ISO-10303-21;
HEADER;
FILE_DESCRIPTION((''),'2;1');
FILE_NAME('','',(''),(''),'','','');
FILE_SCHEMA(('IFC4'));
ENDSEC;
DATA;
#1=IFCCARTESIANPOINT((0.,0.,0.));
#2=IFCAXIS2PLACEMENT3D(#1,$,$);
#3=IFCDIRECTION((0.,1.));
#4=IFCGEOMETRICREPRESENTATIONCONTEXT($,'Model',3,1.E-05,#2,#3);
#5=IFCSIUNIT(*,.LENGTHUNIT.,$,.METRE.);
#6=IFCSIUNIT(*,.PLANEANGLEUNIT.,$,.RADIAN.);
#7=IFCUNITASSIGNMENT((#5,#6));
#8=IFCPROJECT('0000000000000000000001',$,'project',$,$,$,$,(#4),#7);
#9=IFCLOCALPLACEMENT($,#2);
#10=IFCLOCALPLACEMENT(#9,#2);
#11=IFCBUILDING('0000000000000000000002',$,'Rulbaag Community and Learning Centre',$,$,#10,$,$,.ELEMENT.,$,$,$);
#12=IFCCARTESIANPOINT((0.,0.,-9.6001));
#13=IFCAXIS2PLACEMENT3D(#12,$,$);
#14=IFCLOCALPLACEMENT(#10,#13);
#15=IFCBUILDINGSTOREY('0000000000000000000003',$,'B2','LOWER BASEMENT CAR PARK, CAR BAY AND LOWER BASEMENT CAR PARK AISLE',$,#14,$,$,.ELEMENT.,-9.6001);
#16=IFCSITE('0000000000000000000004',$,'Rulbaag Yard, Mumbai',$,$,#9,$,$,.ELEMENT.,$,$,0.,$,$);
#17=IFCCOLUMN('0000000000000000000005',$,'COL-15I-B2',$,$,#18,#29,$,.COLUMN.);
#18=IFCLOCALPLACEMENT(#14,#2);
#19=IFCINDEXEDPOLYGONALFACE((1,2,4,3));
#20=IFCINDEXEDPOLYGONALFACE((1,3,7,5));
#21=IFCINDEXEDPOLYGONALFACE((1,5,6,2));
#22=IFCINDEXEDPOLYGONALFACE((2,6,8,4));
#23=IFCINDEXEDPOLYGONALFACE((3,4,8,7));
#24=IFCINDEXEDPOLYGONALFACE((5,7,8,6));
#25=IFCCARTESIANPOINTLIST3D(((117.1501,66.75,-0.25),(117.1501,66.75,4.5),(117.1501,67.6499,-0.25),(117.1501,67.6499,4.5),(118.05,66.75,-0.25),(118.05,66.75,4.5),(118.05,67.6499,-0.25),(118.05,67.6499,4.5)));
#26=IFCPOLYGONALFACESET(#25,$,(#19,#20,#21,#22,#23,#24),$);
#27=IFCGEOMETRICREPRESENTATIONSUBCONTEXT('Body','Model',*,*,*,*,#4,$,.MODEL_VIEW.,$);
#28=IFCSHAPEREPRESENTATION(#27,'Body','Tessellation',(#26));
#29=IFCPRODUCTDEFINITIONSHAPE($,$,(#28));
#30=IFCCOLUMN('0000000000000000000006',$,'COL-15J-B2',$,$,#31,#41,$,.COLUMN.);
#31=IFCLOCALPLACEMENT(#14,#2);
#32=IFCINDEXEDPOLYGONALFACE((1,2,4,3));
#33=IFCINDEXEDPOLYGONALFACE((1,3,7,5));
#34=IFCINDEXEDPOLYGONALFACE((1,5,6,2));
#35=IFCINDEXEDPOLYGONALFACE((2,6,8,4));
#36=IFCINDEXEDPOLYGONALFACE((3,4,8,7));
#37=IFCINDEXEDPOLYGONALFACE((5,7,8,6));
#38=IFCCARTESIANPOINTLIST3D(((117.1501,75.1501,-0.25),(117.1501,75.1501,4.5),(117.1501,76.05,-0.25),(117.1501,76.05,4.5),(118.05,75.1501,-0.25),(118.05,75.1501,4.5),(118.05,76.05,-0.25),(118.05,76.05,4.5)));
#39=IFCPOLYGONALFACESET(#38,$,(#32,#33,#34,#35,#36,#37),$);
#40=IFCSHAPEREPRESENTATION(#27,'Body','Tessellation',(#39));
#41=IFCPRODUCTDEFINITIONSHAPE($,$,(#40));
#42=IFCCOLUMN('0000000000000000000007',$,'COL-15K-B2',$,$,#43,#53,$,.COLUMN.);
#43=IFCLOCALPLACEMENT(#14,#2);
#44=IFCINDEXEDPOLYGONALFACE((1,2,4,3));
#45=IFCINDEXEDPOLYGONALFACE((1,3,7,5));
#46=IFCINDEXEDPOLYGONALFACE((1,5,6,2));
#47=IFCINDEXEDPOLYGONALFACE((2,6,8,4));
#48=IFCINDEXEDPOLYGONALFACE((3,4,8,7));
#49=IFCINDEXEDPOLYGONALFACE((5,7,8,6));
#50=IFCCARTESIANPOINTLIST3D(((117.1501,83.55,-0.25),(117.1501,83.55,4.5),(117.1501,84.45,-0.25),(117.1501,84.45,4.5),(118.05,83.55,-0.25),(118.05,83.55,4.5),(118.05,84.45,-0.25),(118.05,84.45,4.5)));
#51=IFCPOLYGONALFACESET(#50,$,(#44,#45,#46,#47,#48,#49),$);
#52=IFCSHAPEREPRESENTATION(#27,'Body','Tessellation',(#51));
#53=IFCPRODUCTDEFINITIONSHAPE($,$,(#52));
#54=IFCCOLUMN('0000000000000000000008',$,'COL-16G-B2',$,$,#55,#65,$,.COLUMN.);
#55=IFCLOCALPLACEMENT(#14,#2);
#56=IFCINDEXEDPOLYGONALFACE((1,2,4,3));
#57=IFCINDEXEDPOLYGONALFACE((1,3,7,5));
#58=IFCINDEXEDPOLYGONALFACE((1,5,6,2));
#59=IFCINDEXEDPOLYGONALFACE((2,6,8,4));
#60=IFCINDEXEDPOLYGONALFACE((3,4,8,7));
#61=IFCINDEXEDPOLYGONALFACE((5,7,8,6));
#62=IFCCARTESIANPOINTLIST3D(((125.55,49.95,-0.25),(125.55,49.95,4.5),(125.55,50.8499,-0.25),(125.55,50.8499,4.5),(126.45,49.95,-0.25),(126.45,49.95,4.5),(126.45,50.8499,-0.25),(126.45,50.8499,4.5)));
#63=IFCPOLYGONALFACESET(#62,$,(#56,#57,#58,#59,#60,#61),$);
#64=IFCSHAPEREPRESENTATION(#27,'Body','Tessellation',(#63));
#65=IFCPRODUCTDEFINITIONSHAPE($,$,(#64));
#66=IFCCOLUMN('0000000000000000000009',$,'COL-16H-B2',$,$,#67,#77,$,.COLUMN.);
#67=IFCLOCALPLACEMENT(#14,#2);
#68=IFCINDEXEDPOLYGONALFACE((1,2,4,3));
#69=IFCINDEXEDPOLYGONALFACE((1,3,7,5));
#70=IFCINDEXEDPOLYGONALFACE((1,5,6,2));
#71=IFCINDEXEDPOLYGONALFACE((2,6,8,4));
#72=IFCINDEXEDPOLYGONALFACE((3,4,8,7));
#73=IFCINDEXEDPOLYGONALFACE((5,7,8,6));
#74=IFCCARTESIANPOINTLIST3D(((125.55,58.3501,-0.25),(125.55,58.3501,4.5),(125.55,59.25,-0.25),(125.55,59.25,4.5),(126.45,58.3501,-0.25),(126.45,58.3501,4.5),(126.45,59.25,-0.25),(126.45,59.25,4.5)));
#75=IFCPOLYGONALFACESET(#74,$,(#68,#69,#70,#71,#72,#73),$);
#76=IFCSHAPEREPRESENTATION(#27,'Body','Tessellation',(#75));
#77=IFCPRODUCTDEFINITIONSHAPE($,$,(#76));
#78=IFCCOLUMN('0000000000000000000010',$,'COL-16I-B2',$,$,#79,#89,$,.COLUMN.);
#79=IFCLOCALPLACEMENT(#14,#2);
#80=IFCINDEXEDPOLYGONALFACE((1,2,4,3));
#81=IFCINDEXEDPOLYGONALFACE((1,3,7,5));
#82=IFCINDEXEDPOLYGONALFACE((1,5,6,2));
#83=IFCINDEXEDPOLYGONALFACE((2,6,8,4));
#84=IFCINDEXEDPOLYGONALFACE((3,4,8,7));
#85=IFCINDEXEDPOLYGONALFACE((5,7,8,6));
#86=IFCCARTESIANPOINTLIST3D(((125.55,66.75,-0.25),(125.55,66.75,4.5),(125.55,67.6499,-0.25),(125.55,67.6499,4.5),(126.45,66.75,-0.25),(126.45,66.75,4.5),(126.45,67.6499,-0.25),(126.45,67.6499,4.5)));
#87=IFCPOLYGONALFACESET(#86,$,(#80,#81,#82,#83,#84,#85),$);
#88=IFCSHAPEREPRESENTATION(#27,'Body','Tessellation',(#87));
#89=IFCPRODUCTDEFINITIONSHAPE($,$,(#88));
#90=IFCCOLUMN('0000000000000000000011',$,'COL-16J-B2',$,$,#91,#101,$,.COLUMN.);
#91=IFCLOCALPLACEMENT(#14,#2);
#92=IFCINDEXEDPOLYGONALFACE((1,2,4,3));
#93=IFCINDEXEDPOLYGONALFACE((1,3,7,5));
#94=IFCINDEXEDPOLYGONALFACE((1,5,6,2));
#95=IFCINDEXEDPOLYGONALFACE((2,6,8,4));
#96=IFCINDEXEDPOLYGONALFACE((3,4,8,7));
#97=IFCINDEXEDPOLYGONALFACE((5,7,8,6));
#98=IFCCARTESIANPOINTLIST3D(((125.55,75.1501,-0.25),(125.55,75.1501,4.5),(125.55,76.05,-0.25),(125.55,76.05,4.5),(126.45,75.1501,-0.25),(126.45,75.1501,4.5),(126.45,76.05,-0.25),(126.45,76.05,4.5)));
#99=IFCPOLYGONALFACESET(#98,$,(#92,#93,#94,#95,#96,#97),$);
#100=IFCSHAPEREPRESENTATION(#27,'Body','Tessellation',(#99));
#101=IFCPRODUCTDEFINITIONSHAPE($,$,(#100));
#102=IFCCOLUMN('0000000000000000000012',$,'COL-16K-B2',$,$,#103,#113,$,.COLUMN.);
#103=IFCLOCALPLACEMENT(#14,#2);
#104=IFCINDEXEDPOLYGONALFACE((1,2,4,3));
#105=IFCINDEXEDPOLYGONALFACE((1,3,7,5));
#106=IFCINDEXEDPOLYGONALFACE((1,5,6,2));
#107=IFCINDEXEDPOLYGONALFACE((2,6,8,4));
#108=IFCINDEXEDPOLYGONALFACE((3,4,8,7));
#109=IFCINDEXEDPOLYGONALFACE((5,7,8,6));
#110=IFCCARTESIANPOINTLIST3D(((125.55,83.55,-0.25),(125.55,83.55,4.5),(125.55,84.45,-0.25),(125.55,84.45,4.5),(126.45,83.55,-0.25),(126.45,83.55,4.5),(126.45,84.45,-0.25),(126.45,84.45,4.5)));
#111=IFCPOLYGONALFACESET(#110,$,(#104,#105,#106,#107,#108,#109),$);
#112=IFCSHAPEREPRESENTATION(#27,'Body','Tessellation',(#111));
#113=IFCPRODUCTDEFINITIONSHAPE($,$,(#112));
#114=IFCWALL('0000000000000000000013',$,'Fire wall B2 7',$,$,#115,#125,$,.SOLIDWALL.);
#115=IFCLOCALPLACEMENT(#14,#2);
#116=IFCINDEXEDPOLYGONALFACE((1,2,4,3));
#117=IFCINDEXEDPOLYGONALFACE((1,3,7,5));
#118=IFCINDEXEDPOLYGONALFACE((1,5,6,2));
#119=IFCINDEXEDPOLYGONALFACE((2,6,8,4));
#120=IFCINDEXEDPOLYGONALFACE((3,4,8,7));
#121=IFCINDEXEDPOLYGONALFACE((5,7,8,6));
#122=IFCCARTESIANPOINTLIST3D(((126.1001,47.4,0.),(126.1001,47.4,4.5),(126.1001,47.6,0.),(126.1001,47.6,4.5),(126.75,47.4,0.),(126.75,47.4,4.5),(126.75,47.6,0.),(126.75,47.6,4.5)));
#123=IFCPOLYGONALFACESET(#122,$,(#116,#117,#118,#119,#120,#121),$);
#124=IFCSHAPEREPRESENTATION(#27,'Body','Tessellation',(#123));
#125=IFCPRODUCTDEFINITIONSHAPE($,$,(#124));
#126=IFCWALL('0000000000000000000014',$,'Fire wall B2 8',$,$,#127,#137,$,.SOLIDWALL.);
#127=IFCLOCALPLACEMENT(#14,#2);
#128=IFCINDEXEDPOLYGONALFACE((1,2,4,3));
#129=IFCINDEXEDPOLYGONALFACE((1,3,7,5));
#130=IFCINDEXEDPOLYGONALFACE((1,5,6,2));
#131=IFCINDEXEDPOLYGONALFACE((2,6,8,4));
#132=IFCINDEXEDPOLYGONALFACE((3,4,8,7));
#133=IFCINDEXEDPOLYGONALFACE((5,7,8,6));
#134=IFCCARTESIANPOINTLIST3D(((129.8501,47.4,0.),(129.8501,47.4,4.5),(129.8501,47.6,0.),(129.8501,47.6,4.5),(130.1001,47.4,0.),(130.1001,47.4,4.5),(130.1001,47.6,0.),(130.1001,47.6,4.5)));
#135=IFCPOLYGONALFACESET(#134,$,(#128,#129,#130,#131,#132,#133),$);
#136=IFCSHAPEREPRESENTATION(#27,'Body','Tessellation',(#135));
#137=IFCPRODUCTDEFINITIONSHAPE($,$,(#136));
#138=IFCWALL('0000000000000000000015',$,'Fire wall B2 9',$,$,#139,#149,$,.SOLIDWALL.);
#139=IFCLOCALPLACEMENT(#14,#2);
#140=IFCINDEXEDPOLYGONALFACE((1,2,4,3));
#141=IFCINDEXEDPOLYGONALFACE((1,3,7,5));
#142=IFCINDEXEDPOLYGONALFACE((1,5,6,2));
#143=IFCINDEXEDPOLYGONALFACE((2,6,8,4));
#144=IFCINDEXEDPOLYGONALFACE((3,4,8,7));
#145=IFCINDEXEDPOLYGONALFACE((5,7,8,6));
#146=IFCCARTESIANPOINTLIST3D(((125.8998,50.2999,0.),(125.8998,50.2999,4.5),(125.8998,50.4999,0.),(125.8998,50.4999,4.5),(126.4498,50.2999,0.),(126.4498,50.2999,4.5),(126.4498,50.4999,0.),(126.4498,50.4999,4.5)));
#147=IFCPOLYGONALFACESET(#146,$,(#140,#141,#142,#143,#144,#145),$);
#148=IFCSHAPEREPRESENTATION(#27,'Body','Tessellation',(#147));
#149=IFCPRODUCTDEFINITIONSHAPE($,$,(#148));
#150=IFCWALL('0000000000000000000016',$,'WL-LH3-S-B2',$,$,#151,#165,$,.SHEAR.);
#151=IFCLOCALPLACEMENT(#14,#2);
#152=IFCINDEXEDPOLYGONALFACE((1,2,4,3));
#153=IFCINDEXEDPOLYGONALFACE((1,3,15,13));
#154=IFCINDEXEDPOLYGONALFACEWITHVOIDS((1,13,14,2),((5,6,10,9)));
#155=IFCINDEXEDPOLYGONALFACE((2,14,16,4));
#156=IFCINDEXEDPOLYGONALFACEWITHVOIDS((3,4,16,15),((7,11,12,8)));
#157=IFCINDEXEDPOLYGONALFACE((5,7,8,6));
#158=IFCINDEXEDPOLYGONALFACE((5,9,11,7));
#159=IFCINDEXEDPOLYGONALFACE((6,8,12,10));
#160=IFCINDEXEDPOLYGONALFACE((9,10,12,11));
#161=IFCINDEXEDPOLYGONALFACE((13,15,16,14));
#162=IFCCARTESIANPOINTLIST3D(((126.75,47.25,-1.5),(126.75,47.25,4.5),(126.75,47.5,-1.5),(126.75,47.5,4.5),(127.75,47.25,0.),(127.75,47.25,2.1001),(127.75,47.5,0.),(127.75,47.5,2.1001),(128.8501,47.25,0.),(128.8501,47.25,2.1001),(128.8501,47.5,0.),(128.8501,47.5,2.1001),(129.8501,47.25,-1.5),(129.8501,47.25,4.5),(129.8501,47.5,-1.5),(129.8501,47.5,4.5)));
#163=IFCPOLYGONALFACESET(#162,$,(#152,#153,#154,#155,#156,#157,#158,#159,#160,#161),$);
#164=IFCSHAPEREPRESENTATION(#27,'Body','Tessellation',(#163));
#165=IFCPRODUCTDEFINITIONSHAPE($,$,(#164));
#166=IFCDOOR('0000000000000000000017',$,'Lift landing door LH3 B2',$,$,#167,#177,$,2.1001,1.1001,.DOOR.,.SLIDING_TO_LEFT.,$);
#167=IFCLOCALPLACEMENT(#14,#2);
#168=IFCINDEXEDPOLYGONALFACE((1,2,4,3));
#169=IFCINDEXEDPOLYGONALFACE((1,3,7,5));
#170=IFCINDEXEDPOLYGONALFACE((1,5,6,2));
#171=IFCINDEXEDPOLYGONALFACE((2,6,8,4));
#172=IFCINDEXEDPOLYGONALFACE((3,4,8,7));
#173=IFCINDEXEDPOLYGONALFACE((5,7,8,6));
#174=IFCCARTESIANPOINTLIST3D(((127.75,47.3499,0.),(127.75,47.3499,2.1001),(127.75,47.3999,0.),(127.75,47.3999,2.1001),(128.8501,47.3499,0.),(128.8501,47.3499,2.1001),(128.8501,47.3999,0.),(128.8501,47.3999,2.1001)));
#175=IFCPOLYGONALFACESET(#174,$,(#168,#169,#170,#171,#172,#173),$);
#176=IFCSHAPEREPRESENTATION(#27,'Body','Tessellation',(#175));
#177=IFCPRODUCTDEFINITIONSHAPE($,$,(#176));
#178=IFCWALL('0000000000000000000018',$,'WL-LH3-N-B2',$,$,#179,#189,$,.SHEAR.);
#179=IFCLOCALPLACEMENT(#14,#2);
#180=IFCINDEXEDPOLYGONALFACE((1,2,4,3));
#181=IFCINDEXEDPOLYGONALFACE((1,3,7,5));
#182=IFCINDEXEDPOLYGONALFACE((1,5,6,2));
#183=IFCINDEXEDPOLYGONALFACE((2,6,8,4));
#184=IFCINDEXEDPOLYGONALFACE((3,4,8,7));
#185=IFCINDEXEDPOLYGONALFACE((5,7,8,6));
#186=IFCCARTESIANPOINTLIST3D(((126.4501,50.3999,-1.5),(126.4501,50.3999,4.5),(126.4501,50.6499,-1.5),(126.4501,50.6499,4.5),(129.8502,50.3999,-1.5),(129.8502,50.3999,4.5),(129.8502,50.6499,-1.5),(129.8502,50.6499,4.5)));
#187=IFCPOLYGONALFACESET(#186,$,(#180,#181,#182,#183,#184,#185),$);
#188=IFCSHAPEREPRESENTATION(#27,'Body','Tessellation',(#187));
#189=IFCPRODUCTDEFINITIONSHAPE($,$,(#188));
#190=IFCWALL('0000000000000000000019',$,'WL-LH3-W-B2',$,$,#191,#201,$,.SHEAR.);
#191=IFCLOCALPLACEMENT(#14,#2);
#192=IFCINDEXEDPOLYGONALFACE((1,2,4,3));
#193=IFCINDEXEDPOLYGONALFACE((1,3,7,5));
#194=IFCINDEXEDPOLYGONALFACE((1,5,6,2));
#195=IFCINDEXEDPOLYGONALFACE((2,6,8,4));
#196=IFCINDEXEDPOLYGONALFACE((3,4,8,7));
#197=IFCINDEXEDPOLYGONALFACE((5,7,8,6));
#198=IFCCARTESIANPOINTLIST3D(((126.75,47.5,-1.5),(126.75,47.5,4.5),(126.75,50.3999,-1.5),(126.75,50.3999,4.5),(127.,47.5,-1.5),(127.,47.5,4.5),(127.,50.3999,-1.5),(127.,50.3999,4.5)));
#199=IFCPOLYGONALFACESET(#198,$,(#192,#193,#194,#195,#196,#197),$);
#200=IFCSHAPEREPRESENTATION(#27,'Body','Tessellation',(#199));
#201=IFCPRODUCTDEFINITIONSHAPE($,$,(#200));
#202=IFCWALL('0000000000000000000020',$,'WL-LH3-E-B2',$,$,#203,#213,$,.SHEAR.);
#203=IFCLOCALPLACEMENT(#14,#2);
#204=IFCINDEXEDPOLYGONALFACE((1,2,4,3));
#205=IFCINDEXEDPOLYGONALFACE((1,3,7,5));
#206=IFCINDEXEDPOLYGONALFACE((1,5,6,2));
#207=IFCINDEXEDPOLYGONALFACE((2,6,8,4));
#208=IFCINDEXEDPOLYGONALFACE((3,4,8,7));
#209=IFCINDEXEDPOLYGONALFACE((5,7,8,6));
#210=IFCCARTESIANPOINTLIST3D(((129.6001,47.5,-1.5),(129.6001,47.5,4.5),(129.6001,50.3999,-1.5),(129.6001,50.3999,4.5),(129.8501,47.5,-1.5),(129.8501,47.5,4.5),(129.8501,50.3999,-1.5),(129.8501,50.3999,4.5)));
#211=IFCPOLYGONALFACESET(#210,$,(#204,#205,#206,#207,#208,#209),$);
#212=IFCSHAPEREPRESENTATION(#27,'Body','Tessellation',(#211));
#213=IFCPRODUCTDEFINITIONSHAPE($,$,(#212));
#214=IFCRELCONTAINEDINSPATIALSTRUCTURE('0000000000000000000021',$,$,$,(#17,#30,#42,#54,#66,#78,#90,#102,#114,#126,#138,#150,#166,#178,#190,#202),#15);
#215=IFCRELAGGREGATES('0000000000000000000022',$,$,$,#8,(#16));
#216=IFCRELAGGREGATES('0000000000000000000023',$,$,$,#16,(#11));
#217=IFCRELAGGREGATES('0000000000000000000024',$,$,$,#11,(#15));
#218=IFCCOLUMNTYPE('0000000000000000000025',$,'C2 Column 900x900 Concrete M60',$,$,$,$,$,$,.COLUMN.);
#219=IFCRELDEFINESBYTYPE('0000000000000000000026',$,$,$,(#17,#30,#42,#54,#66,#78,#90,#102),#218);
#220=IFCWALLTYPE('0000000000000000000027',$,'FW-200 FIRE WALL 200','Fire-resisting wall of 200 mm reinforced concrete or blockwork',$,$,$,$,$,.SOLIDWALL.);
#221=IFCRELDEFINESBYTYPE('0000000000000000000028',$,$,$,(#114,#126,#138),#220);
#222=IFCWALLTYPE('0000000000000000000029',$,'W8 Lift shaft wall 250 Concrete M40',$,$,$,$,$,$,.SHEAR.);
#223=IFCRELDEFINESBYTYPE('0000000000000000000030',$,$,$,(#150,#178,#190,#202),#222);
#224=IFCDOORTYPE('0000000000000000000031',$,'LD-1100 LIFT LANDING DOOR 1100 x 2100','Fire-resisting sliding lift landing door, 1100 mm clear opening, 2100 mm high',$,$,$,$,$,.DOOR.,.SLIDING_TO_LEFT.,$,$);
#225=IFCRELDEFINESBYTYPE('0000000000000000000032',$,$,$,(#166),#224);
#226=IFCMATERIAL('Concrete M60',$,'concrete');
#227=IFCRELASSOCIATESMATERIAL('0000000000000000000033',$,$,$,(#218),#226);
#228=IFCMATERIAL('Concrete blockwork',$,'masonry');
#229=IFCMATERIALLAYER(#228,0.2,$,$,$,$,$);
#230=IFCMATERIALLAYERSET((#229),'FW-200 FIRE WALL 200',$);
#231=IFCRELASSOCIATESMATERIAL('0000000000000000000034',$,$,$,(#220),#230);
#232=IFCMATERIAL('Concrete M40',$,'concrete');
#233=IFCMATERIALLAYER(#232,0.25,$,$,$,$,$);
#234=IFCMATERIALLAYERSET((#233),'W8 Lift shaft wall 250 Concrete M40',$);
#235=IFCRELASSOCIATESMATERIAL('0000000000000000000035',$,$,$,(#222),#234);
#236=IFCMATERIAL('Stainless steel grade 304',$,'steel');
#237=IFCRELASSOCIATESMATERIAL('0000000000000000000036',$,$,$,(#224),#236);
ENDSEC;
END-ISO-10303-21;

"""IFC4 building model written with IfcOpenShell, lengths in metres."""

from ifc_helpers import new_model, si_unit, direction, frame, frame_2d, origin, origin_2d, place, context, subcontext, project, spatial, rectangle, extrude, material, layer, layer_set, material_profile, profile_set, type_object, element, fill, save


model = new_model("IFC4")

# Units and contexts
model_context = context("Model", 3, precision=1e-05, world=origin(), true_north=direction((0.0, 1.0)))
body_context = subcontext(model_context, "Body", "Model", "MODEL_VIEW")
ifc_project = project(units=[si_unit("LENGTHUNIT", "METRE"), si_unit("PLANEANGLEUNIT", "RADIAN")], contexts=[model_context])

# Site, building, storey
site_placement = place(None, origin())
site = spatial("IfcSite", under=ifc_project, at=site_placement, Name="Rulbaag Yard, Mumbai", CompositionType="ELEMENT", RefElevation=0.0)
building_placement = place(site_placement, origin())
building = spatial("IfcBuilding", under=site, at=building_placement, Name="Rulbaag Community and Learning Centre", CompositionType="ELEMENT")
storey_placement = place(building_placement, frame((0.0, 0.0, -9.6001)))
storey = spatial("IfcBuildingStorey", under=building, at=storey_placement, Name="B2", Description="LOWER BASEMENT CAR PARK, CAR BAY AND LOWER BASEMENT CAR PARK AISLE", CompositionType="ELEMENT", Elevation=-9.6001)

# Columns
ifc_material_1 = material(Name="Concrete M60", Category="concrete")
ifc_material_profile_1 = material_profile(ifc_material_1, rectangle(XDim=0.8999, YDim=0.8999, at=origin_2d()), Name="RC900x900")
ifc_profile_set_1 = profile_set([ifc_material_profile_1], Name="Concrete M60")
column_type = type_object("IfcColumnType", Name="C2 Column 900x900 Concrete M60", PredefinedType="COLUMN", material=ifc_profile_set_1)
for number, where, z_axis, x_axis, name in (
    (1, (117.6001, 67.2, -0.25), (0.0, 0.0, 1.0), (1.0, 0.0, 0.0), "COL-15I-B2"),
    (2, (117.6001, 75.6001, -0.25), (0.0, 0.0, 1.0), (1.0, 0.0, 0.0), "COL-15J-B2"),
    (3, (117.6001, 84.0, -0.25), (0.0, 0.0, 1.0), (1.0, 0.0, 0.0), "COL-15K-B2"),
    (4, (126.0, 50.3999, -0.25), (0.0, 0.0, 1.0), (1.0, 0.0, 0.0), "COL-16G-B2"),
    (5, (126.0, 58.8, -0.25), (0.0, 0.0, 1.0), (1.0, 0.0, 0.0), "COL-16H-B2"),
    (6, (126.0, 67.2, -0.25), (0.0, 0.0, 1.0), (1.0, 0.0, 0.0), "COL-16I-B2"),
    (7, (126.0, 75.6001, -0.25), (0.0, 0.0, 1.0), (1.0, 0.0, 0.0), "COL-16J-B2"),
    (8, (126.0, 84.0, -0.25), (0.0, 0.0, 1.0), (1.0, 0.0, 0.0), "COL-16K-B2"),
):
    element("IfcColumn", number, at=place(storey_placement, frame(where, z_axis=z_axis, x_axis=x_axis)), inside=storey, type_object=column_type, Name=name, PredefinedType="COLUMN", context=body_context, shape_type="SweptSolid", body=[
        extrude(rectangle(XDim=0.8999, YDim=0.8999, at=origin_2d()), origin(), (0.0, 0.0, 1.0), 4.75),
    ])

# Walls
ifc_material_2 = material(Name="Concrete blockwork", Category="masonry")
ifc_layer_1 = layer(ifc_material_2, 0.2)
ifc_layer_set_1 = layer_set([ifc_layer_1], Name="FW-200 FIRE WALL 200")
wall_type_1 = type_object("IfcWallType", Name="FW-200 FIRE WALL 200", Description="Fire-resisting wall of 200 mm reinforced concrete or blockwork", PredefinedType="SOLIDWALL", material=ifc_layer_set_1)
wall_1_placement = place(storey_placement, frame((126.1001, 47.5, 0.0), z_axis=(0.0, 0.0, 1.0), x_axis=(1.0, 0.0, 0.0)))
element("IfcWall", 9, at=wall_1_placement, inside=storey, type_object=wall_type_1, Name="Fire wall B2 7", PredefinedType="SOLIDWALL", context=body_context, shape_type="SweptSolid", body=[
    extrude(rectangle(XDim=0.6499, YDim=0.2, at=frame_2d((0.325, 0.0))), origin(), (0.0, 0.0, 1.0), 4.5),
])
wall_2_placement = place(storey_placement, frame((129.8501, 47.5, 0.0), z_axis=(0.0, 0.0, 1.0), x_axis=(1.0, 0.0, 0.0)))
element("IfcWall", 10, at=wall_2_placement, inside=storey, type_object=wall_type_1, Name="Fire wall B2 8", PredefinedType="SOLIDWALL", context=body_context, shape_type="SweptSolid", body=[
    extrude(rectangle(XDim=0.25, YDim=0.2, at=frame_2d((0.125, 0.0))), origin(), (0.0, 0.0, 1.0), 4.5),
])
wall_3_placement = place(storey_placement, frame((125.8999, 50.3999, 0.0), z_axis=(0.0, 0.0, 1.0), x_axis=(1.0, 0.0, 0.0)))
element("IfcWall", 11, at=wall_3_placement, inside=storey, type_object=wall_type_1, Name="Fire wall B2 9", PredefinedType="SOLIDWALL", context=body_context, shape_type="SweptSolid", body=[
    extrude(rectangle(XDim=0.55, YDim=0.2, at=frame_2d((0.2749, 0.0))), origin(), (0.0, 0.0, 1.0), 4.5),
])

# Wall, opening, door
ifc_material_3 = material(Name="Concrete M40", Category="concrete")
ifc_layer_2 = layer(ifc_material_3, 0.25)
ifc_layer_set_2 = layer_set([ifc_layer_2], Name="W8 Lift shaft wall 250 Concrete M40")
wall_type_2 = type_object("IfcWallType", Name="W8 Lift shaft wall 250 Concrete M40", PredefinedType="SHEAR", material=ifc_layer_set_2)
wall_4_placement = place(storey_placement, frame((126.75, 47.375, -1.5), z_axis=(0.0, 0.0, 1.0), x_axis=(1.0, 0.0, 0.0)))
wall_4 = element("IfcWall", 12, at=wall_4_placement, inside=storey, type_object=wall_type_2, Name="WL-LH3-S-B2", PredefinedType="SHEAR", context=body_context, shape_type="SweptSolid", body=[
    extrude(rectangle(XDim=3.1001, YDim=0.25, at=frame_2d((1.55, 0.0))), origin(), (0.0, 0.0, 1.0), 6.0),
])
opening_placement = place(wall_4_placement, frame((1.0, 0.0, 1.5)))
opening = element("IfcOpeningElement", 13, at=opening_placement, cuts=wall_4, PredefinedType="OPENING", context=body_context, shape_type="SweptSolid", body=[
    extrude(rectangle(XDim=1.1001, YDim=2.1001, at=frame_2d((0.55, 1.05))), frame((0.0, 0.135, 0.0), z_axis=(0.0, -1.0, 0.0), x_axis=(1.0, 0.0, 0.0)), (0.0, 0.0, 1.0), 0.27),
])
ifc_material_4 = material(Name="Stainless steel grade 304", Category="steel")
door_type = type_object("IfcDoorType", Name="LD-1100 LIFT LANDING DOOR 1100 x 2100", Description="Fire-resisting sliding lift landing door, 1100 mm clear opening, 2100 mm high", OperationType="SLIDING_TO_LEFT", PredefinedType="DOOR", material=ifc_material_4)
door_placement = place(opening_placement, origin())
door = element("IfcDoor", 14, at=door_placement, inside=storey, type_object=door_type, Name="Lift landing door LH3 B2", OperationType="SLIDING_TO_LEFT", OverallHeight=2.1001, OverallWidth=1.1001, PredefinedType="DOOR", context=body_context, shape_type="SweptSolid", body=[
    extrude(rectangle(XDim=1.1001, YDim=2.1001, at=frame_2d((0.55, 1.05))), frame((0.0, 0.0249, 0.0), z_axis=(0.0, -1.0, 0.0), x_axis=(1.0, 0.0, 0.0)), (0.0, 0.0, 1.0), 0.05),
])
fill(opening, door)

# Walls
wall_5_placement = place(storey_placement, frame((126.45, 50.5249, -1.5), z_axis=(0.0, 0.0, 1.0), x_axis=(1.0, 0.0, 0.0)))
element("IfcWall", 15, at=wall_5_placement, inside=storey, type_object=wall_type_2, Name="WL-LH3-N-B2", PredefinedType="SHEAR", context=body_context, shape_type="SweptSolid", body=[
    extrude(rectangle(XDim=3.4001, YDim=0.25, at=frame_2d((1.7002, 0.0))), origin(), (0.0, 0.0, 1.0), 6.0),
])
for number, where, z_axis, x_axis, name in (
    (16, (126.875, 47.5, -1.5), (0.0, 0.0, 1.0), (0.0, 1.0, 0.0), "WL-LH3-W-B2"),
    (17, (129.7251, 47.5, -1.5), (0.0, 0.0, 1.0), (0.0, 1.0, 0.0), "WL-LH3-E-B2"),
):
    element("IfcWall", number, at=place(storey_placement, frame(where, z_axis=z_axis, x_axis=x_axis)), inside=storey, type_object=wall_type_2, Name=name, PredefinedType="SHEAR", context=body_context, shape_type="SweptSolid", body=[
        extrude(rectangle(XDim=2.8999, YDim=0.25, at=frame_2d((1.45, 0.0))), origin(), (0.0, 0.0, 1.0), 6.0),
    ])

save(model, "model.ifc")
